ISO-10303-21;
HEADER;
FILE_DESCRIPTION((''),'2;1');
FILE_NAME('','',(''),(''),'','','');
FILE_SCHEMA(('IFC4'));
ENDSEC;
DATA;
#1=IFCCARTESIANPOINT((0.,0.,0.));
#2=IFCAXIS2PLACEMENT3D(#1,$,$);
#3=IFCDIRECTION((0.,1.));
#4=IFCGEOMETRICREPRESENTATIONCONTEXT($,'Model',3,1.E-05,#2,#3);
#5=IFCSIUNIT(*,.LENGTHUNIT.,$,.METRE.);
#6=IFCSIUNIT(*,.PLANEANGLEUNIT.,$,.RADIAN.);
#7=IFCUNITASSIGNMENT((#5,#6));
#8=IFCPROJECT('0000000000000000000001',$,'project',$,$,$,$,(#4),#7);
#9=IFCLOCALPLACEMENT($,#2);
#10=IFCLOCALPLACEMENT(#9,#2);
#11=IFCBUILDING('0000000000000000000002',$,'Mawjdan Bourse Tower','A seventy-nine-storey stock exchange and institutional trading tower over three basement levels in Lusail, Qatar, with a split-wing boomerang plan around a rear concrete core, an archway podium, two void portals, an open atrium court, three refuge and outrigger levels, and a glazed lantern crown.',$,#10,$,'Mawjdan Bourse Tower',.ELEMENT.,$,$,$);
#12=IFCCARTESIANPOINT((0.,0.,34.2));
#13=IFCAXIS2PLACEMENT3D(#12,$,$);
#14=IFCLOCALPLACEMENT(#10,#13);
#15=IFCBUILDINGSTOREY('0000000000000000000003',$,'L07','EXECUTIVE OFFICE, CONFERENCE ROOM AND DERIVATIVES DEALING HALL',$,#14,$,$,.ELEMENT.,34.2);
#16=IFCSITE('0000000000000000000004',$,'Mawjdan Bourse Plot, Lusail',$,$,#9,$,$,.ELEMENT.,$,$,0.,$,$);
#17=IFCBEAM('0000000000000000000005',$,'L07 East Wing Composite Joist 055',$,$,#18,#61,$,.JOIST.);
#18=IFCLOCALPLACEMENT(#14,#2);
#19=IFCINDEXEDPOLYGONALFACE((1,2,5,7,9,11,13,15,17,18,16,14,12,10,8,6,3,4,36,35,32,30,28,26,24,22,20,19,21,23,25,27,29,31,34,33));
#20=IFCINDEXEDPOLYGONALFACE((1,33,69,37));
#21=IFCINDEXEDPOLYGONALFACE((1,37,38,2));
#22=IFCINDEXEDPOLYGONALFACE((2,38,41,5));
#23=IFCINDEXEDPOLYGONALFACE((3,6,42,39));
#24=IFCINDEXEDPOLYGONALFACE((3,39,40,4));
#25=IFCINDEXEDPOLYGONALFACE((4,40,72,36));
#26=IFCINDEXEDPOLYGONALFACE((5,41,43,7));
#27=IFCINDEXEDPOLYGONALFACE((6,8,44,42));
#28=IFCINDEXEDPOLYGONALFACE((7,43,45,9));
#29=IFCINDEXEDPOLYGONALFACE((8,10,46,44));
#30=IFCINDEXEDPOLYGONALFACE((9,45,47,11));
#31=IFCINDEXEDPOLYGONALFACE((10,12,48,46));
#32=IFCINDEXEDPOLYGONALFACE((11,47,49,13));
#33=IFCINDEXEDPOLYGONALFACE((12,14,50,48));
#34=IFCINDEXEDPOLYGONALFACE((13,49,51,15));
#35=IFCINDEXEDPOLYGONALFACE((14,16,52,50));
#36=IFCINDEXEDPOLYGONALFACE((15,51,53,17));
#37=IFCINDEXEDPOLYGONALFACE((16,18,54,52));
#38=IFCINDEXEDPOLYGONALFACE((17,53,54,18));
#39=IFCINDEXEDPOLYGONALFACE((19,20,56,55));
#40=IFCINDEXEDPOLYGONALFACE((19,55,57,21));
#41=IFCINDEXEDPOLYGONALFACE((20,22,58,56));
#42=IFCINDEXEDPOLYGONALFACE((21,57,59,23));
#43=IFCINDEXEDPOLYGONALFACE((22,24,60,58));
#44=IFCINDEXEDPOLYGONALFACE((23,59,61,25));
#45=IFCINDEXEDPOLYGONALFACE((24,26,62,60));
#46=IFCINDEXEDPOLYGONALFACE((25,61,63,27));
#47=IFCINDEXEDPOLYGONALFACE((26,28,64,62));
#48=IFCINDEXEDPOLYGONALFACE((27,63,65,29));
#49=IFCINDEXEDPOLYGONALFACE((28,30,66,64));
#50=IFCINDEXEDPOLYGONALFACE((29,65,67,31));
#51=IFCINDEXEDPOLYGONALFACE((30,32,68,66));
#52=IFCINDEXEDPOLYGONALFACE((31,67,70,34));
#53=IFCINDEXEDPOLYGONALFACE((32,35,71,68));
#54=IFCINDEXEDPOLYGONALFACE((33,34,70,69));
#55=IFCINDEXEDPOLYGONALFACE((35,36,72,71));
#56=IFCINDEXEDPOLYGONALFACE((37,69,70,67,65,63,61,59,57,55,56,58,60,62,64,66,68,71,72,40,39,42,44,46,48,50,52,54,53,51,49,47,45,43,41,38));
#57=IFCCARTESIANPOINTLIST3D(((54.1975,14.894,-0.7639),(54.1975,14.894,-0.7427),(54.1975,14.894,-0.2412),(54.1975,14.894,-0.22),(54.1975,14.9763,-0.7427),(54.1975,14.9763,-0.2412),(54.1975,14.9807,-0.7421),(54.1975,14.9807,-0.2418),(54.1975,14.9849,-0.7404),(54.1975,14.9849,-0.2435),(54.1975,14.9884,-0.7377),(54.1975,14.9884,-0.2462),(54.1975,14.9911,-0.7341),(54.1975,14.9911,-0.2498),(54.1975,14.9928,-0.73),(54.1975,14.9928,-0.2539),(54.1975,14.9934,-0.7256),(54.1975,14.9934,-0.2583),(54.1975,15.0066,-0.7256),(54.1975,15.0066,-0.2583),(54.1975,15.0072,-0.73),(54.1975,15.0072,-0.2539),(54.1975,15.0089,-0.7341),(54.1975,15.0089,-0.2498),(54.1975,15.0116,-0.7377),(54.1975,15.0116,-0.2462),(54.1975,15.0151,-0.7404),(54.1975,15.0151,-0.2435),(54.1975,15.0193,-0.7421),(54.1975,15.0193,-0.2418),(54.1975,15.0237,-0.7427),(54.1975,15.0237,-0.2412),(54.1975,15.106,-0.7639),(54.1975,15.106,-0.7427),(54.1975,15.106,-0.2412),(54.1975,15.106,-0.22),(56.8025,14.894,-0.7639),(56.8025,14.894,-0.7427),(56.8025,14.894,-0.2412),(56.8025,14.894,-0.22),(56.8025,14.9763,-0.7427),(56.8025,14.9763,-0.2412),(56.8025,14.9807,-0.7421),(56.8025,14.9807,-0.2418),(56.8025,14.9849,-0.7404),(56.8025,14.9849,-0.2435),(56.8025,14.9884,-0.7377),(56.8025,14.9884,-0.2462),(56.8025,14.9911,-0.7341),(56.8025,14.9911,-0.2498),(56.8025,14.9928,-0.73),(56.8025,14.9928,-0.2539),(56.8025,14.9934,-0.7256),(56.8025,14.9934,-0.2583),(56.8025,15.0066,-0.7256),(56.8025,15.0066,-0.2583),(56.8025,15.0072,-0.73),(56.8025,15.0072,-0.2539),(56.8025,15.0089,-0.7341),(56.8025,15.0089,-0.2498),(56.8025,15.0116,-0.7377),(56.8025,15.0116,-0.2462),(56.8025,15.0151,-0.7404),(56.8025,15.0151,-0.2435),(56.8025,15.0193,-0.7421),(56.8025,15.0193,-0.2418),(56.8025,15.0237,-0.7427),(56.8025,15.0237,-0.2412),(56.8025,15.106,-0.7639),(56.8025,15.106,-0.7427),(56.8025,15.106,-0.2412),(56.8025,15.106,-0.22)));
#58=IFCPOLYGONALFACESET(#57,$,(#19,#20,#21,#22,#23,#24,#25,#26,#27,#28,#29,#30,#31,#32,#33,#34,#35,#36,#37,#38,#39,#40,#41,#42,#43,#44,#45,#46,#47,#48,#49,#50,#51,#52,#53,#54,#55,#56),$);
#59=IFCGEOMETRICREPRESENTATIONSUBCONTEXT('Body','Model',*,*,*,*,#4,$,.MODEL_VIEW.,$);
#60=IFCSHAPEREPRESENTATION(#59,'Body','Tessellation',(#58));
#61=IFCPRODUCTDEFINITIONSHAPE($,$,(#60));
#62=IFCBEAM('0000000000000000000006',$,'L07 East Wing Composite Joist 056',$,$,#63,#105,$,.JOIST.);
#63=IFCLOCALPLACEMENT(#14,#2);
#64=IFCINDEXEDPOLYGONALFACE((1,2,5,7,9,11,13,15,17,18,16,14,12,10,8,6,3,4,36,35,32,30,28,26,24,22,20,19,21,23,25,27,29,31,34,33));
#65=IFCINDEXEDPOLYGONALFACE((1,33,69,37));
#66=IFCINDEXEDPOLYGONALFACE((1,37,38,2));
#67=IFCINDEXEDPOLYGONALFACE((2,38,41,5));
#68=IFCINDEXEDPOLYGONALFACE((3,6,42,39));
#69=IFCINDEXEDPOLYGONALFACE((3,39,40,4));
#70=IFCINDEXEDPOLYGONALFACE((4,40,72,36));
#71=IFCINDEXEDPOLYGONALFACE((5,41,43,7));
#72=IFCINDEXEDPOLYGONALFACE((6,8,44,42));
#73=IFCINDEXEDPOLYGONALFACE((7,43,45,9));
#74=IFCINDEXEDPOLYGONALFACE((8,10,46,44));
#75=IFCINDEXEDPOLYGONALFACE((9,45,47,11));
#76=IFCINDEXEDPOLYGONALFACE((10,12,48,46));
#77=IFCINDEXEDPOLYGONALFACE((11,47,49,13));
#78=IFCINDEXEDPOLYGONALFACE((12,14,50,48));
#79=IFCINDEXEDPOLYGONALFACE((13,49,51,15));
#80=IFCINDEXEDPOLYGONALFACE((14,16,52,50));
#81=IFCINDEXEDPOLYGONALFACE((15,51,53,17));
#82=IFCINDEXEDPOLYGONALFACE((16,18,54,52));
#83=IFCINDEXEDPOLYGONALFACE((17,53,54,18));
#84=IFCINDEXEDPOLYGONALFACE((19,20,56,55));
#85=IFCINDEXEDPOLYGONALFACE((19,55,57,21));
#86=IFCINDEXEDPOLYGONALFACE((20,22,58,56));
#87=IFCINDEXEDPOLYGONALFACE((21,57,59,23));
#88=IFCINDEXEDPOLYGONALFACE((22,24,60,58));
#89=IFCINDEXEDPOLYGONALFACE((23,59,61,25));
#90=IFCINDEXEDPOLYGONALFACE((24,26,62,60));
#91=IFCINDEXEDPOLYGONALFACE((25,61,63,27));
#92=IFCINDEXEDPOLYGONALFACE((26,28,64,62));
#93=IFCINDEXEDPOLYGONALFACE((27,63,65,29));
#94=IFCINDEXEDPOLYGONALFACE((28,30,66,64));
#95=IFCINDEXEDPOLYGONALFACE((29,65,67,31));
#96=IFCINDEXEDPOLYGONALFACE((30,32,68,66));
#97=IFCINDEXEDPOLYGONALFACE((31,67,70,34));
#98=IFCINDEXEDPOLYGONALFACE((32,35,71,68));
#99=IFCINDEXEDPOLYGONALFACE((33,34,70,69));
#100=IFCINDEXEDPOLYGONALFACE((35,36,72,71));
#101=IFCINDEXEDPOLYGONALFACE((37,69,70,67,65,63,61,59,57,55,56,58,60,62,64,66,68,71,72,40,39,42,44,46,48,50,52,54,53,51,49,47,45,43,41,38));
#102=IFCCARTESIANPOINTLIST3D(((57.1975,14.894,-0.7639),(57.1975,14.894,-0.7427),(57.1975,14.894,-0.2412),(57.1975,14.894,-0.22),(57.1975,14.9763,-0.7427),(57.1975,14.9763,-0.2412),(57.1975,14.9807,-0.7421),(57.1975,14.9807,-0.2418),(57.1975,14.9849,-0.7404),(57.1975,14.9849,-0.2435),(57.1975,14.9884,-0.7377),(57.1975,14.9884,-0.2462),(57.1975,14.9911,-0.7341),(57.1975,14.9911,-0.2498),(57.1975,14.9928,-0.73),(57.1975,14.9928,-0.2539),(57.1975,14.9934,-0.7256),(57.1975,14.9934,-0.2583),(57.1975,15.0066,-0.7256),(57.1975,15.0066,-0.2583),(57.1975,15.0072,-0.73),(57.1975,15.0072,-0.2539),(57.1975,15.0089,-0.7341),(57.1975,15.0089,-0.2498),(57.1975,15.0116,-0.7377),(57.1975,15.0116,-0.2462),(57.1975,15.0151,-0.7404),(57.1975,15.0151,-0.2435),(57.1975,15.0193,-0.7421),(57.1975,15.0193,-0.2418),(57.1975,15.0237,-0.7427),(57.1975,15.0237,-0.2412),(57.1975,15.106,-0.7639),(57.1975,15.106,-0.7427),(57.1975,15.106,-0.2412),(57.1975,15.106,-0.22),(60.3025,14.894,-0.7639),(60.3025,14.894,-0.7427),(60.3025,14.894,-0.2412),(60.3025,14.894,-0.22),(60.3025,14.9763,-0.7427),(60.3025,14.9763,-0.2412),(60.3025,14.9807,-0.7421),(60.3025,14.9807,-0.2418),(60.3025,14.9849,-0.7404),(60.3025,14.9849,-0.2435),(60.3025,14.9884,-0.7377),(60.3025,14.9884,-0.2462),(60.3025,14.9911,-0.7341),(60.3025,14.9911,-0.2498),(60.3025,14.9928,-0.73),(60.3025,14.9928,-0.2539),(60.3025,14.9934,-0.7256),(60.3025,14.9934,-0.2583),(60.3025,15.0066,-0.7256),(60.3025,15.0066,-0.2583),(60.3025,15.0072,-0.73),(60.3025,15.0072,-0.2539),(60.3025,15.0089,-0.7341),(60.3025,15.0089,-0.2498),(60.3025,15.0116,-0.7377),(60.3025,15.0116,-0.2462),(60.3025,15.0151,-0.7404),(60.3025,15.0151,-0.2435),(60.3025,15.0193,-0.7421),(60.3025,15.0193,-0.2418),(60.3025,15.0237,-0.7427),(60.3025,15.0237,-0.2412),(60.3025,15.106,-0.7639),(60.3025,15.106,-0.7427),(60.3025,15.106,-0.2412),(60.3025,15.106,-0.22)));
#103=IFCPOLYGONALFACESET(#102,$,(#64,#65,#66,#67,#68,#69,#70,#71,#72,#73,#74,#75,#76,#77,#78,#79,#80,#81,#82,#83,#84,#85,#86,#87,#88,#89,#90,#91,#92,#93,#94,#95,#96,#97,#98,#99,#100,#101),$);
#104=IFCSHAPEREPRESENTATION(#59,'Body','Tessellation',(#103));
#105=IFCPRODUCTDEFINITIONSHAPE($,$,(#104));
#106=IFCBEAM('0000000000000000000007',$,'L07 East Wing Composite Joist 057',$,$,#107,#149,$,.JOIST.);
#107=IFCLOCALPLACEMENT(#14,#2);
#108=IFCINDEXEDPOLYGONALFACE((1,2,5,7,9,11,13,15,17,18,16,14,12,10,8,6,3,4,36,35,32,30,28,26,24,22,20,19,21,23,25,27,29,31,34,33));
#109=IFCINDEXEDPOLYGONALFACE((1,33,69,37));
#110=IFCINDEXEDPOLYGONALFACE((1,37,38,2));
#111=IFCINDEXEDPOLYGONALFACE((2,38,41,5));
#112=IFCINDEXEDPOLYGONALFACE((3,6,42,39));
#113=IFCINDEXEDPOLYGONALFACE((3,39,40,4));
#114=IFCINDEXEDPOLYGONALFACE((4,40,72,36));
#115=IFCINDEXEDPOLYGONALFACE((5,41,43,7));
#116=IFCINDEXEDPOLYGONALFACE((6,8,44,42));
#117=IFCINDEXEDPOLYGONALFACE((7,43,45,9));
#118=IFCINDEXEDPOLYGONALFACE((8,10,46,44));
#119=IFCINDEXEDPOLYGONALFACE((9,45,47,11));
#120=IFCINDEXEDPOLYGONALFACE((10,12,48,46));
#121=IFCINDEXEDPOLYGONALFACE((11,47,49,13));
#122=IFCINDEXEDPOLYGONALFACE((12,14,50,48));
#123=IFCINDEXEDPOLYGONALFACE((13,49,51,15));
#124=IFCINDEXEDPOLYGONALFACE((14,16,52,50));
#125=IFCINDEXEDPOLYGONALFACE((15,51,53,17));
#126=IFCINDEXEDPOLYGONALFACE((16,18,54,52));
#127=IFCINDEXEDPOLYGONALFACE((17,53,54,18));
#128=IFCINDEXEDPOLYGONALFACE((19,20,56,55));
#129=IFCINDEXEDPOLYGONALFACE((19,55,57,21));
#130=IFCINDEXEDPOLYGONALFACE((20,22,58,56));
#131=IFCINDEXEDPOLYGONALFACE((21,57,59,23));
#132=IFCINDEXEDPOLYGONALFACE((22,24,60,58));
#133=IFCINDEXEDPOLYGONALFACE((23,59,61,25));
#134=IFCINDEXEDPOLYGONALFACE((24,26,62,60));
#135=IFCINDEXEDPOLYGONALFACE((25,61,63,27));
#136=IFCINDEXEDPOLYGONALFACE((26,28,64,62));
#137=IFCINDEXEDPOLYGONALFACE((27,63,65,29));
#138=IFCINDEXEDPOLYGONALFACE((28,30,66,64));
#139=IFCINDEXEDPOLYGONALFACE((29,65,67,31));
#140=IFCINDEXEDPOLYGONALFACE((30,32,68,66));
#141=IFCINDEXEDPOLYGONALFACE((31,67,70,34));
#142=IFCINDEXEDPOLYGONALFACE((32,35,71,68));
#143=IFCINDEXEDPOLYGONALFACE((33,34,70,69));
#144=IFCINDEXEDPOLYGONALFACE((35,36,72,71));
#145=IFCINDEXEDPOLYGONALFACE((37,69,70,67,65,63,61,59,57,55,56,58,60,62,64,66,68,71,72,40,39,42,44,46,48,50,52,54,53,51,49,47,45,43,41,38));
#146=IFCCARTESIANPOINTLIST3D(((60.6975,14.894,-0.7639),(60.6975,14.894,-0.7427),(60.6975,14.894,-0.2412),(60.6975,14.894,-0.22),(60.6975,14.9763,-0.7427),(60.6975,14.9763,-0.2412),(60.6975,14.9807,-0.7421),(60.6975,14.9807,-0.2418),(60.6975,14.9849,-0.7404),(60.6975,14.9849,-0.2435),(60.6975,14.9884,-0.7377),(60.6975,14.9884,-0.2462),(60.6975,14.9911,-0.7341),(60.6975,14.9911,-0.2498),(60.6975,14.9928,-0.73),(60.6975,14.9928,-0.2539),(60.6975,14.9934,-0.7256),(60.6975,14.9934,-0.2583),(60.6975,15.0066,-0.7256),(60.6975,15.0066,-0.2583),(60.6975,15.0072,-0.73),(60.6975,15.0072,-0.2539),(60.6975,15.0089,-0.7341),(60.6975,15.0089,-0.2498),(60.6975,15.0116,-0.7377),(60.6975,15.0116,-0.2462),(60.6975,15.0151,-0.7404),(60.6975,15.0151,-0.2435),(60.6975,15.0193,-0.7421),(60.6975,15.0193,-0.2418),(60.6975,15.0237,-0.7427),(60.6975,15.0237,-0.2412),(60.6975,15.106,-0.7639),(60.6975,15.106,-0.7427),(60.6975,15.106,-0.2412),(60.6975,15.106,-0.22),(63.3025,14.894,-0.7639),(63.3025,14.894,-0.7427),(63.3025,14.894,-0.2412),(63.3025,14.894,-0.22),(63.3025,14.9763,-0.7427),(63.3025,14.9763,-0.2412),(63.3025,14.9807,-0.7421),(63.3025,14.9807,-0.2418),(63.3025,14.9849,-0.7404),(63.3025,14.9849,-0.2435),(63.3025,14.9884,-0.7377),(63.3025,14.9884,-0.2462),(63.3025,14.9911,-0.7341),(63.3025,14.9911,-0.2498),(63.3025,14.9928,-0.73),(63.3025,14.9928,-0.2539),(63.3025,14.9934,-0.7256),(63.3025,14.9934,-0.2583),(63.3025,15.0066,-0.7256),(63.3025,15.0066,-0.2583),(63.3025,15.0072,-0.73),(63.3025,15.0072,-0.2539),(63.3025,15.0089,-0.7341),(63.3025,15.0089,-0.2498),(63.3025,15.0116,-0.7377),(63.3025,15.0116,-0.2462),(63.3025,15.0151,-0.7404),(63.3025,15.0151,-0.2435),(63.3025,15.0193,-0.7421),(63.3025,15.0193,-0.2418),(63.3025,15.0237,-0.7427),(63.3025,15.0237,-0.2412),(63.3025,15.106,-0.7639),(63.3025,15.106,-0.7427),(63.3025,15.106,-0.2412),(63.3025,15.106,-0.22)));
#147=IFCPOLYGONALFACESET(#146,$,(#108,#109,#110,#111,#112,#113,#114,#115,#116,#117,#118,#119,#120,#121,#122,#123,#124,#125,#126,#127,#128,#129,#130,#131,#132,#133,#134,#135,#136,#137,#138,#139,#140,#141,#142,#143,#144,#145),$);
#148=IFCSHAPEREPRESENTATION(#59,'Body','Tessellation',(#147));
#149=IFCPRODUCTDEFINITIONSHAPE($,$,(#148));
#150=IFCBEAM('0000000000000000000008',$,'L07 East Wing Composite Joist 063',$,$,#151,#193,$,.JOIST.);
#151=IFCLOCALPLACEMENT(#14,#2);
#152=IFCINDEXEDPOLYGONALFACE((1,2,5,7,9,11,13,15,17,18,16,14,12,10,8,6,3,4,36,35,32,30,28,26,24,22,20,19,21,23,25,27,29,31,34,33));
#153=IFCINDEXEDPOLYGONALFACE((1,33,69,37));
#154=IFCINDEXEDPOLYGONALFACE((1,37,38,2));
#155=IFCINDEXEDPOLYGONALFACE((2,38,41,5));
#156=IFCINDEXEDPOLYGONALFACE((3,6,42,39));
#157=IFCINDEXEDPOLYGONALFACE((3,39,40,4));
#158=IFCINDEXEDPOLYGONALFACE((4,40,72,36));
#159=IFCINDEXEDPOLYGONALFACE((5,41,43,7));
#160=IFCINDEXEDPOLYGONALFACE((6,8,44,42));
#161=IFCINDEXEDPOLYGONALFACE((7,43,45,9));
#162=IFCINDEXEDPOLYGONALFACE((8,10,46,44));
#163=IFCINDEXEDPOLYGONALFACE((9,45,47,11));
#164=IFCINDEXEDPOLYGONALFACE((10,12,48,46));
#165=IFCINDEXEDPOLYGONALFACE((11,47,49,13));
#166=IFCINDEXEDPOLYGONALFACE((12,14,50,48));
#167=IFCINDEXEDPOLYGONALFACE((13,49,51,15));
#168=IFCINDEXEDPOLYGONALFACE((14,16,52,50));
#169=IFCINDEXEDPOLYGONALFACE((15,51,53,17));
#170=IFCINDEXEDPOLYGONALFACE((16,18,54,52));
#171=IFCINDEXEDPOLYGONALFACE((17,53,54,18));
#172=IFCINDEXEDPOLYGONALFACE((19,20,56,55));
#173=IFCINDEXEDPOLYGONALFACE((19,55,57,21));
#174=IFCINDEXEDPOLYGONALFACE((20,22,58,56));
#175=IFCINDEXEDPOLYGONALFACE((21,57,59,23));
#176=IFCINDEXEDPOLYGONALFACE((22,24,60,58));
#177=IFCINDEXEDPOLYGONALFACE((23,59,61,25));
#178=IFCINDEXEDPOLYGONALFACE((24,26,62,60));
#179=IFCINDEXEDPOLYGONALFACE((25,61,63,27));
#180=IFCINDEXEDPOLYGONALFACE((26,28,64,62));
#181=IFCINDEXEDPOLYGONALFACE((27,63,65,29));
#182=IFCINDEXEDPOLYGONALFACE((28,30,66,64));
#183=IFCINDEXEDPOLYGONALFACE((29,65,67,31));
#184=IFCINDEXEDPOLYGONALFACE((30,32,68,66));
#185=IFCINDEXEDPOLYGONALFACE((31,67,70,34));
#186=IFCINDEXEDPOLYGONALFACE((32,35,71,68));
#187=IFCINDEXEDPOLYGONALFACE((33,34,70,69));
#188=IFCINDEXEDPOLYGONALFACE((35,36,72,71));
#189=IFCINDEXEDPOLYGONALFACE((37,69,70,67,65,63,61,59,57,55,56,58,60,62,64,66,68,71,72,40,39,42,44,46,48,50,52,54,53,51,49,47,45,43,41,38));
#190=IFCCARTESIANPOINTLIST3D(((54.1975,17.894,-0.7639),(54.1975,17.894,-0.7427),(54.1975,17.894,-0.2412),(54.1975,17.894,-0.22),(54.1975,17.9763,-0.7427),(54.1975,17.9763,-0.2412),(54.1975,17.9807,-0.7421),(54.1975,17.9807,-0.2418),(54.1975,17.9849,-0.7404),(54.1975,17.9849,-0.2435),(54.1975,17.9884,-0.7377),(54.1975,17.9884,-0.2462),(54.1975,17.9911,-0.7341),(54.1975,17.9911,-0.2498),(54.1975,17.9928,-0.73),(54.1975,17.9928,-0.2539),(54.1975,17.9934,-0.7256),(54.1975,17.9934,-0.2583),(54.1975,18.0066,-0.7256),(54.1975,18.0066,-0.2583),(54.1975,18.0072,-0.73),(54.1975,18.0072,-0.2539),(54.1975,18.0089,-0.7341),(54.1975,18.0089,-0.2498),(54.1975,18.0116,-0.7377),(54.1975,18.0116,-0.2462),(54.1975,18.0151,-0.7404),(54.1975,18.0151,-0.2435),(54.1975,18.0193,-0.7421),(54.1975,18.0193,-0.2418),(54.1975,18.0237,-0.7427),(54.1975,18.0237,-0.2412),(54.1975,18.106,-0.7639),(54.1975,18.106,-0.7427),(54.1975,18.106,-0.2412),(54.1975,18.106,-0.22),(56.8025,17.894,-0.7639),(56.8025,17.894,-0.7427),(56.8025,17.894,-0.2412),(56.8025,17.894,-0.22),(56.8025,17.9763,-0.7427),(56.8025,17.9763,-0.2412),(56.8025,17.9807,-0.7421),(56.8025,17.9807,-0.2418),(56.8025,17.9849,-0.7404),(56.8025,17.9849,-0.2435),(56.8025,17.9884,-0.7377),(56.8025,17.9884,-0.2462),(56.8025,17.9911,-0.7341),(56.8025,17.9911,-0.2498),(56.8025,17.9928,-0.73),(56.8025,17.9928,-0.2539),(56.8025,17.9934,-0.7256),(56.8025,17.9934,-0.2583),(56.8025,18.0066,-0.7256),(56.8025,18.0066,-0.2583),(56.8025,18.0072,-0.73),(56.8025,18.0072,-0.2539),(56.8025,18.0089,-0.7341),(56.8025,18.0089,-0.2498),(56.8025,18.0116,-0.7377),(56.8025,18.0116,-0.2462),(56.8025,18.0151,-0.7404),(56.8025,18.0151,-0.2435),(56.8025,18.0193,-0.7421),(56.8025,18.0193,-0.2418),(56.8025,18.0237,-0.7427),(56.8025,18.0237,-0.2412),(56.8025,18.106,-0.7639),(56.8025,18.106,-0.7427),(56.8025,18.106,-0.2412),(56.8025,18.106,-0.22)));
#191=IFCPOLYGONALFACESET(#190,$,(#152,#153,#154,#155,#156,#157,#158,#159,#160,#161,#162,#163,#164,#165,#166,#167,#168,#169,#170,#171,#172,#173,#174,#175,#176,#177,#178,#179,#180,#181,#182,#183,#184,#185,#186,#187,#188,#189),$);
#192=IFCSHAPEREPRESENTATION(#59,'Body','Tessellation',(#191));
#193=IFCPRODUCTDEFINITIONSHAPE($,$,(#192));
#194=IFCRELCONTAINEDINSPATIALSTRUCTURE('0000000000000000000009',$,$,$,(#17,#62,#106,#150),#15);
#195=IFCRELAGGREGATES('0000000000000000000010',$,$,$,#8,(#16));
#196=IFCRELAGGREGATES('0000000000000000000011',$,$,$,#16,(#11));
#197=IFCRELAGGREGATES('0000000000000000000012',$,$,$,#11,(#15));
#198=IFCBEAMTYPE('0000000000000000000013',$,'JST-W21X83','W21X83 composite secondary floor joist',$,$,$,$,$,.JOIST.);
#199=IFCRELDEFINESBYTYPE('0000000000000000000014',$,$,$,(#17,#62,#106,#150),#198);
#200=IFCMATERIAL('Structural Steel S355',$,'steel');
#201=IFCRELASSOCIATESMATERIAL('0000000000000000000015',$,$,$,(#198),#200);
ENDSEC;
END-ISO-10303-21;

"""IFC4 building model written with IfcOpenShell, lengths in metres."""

from ifc_helpers import new_model, si_unit, direction, frame, origin, origin_2d, place, context, subcontext, project, spatial, i_section, extrude, material, material_profile, profile_set, type_object, element, save


model = new_model("IFC4")

# Units and contexts
model_context = context("Model", 3, precision=1e-05, world=origin(), true_north=direction((0.0, 1.0)))
body_context = subcontext(model_context, "Body", "Model", "MODEL_VIEW")
ifc_project = project(units=[si_unit("LENGTHUNIT", "METRE"), si_unit("PLANEANGLEUNIT", "RADIAN")], contexts=[model_context])

# Site, building, storey
site_placement = place(None, origin())
site = spatial("IfcSite", under=ifc_project, at=site_placement, Name="Mawjdan Bourse Plot, Lusail", CompositionType="ELEMENT", RefElevation=0.0)
building_placement = place(site_placement, origin())
building = spatial("IfcBuilding", under=site, at=building_placement, Name="Mawjdan Bourse Tower", Description="A seventy-nine-storey stock exchange and institutional trading tower over three basement levels in Lusail, Qatar, with a split-wing boomerang plan around a rear concrete core, an archway podium, two void portals, an open atrium court, three refuge and outrigger levels, and a glazed lantern crown.", LongName="Mawjdan Bourse Tower", CompositionType="ELEMENT")
storey_placement = place(building_placement, frame((0.0, 0.0, 34.2)))
storey = spatial("IfcBuildingStorey", under=building, at=storey_placement, Name="L07", Description="EXECUTIVE OFFICE, CONFERENCE ROOM AND DERIVATIVES DEALING HALL", CompositionType="ELEMENT", Elevation=34.2)

# Beams
ifc_material_1 = material(Name="Structural Steel S355", Category="steel")
ifc_material_profile_1 = material_profile(ifc_material_1, i_section(OverallWidth=0.2119, OverallDepth=0.5439, WebThickness=0.0132, FlangeThickness=0.0212, FilletRadius=0.0171, at=origin_2d()), Name="W21X83")
ifc_profile_set_1 = profile_set([ifc_material_profile_1], Name="Structural Steel S355")
beam_type_1 = type_object("IfcBeamType", Name="JST-W21X83", Description="W21X83 composite secondary floor joist", PredefinedType="JOIST", material=ifc_profile_set_1)
for number, where, z_axis, x_axis, name in (
    (1, (54.1975, 15.0, -0.4919), (1.0, 0.0, 0.0), (0.0, 1.0, 0.0), "L07 East Wing Composite Joist 055"),
):
    element("IfcBeam", number, at=place(storey_placement, frame(where, z_axis=z_axis, x_axis=x_axis)), inside=storey, type_object=beam_type_1, Name=name, PredefinedType="JOIST", context=body_context, shape_type="SweptSolid", body=[
        extrude(i_section(OverallWidth=0.2119, OverallDepth=0.5439, WebThickness=0.0132, FlangeThickness=0.0212, FilletRadius=0.0171, at=origin_2d()), origin(), (0.0, 0.0, 1.0), 2.605),
    ])
beam_1_placement = place(storey_placement, frame((57.1975, 15.0, -0.4919), z_axis=(1.0, 0.0, 0.0), x_axis=(0.0, 1.0, 0.0)))
element("IfcBeam", 2, at=beam_1_placement, inside=storey, type_object=beam_type_1, Name="L07 East Wing Composite Joist 056", PredefinedType="JOIST", context=body_context, shape_type="SweptSolid", body=[
    extrude(i_section(OverallWidth=0.2119, OverallDepth=0.5439, WebThickness=0.0132, FlangeThickness=0.0212, FilletRadius=0.0171, at=origin_2d()), origin(), (0.0, 0.0, 1.0), 3.105),
])
for number, where, z_axis, x_axis, name in (
    (3, (60.6975, 15.0, -0.4919), (1.0, 0.0, 0.0), (0.0, 1.0, 0.0), "L07 East Wing Composite Joist 057"),
    (4, (54.1975, 18.0, -0.4919), (1.0, 0.0, 0.0), (0.0, 1.0, 0.0), "L07 East Wing Composite Joist 063"),
):
    element("IfcBeam", number, at=place(storey_placement, frame(where, z_axis=z_axis, x_axis=x_axis)), inside=storey, type_object=beam_type_1, Name=name, PredefinedType="JOIST", context=body_context, shape_type="SweptSolid", body=[
        extrude(i_section(OverallWidth=0.2119, OverallDepth=0.5439, WebThickness=0.0132, FlangeThickness=0.0212, FilletRadius=0.0171, at=origin_2d()), origin(), (0.0, 0.0, 1.0), 2.605),
    ])

save(model, "model.ifc")
